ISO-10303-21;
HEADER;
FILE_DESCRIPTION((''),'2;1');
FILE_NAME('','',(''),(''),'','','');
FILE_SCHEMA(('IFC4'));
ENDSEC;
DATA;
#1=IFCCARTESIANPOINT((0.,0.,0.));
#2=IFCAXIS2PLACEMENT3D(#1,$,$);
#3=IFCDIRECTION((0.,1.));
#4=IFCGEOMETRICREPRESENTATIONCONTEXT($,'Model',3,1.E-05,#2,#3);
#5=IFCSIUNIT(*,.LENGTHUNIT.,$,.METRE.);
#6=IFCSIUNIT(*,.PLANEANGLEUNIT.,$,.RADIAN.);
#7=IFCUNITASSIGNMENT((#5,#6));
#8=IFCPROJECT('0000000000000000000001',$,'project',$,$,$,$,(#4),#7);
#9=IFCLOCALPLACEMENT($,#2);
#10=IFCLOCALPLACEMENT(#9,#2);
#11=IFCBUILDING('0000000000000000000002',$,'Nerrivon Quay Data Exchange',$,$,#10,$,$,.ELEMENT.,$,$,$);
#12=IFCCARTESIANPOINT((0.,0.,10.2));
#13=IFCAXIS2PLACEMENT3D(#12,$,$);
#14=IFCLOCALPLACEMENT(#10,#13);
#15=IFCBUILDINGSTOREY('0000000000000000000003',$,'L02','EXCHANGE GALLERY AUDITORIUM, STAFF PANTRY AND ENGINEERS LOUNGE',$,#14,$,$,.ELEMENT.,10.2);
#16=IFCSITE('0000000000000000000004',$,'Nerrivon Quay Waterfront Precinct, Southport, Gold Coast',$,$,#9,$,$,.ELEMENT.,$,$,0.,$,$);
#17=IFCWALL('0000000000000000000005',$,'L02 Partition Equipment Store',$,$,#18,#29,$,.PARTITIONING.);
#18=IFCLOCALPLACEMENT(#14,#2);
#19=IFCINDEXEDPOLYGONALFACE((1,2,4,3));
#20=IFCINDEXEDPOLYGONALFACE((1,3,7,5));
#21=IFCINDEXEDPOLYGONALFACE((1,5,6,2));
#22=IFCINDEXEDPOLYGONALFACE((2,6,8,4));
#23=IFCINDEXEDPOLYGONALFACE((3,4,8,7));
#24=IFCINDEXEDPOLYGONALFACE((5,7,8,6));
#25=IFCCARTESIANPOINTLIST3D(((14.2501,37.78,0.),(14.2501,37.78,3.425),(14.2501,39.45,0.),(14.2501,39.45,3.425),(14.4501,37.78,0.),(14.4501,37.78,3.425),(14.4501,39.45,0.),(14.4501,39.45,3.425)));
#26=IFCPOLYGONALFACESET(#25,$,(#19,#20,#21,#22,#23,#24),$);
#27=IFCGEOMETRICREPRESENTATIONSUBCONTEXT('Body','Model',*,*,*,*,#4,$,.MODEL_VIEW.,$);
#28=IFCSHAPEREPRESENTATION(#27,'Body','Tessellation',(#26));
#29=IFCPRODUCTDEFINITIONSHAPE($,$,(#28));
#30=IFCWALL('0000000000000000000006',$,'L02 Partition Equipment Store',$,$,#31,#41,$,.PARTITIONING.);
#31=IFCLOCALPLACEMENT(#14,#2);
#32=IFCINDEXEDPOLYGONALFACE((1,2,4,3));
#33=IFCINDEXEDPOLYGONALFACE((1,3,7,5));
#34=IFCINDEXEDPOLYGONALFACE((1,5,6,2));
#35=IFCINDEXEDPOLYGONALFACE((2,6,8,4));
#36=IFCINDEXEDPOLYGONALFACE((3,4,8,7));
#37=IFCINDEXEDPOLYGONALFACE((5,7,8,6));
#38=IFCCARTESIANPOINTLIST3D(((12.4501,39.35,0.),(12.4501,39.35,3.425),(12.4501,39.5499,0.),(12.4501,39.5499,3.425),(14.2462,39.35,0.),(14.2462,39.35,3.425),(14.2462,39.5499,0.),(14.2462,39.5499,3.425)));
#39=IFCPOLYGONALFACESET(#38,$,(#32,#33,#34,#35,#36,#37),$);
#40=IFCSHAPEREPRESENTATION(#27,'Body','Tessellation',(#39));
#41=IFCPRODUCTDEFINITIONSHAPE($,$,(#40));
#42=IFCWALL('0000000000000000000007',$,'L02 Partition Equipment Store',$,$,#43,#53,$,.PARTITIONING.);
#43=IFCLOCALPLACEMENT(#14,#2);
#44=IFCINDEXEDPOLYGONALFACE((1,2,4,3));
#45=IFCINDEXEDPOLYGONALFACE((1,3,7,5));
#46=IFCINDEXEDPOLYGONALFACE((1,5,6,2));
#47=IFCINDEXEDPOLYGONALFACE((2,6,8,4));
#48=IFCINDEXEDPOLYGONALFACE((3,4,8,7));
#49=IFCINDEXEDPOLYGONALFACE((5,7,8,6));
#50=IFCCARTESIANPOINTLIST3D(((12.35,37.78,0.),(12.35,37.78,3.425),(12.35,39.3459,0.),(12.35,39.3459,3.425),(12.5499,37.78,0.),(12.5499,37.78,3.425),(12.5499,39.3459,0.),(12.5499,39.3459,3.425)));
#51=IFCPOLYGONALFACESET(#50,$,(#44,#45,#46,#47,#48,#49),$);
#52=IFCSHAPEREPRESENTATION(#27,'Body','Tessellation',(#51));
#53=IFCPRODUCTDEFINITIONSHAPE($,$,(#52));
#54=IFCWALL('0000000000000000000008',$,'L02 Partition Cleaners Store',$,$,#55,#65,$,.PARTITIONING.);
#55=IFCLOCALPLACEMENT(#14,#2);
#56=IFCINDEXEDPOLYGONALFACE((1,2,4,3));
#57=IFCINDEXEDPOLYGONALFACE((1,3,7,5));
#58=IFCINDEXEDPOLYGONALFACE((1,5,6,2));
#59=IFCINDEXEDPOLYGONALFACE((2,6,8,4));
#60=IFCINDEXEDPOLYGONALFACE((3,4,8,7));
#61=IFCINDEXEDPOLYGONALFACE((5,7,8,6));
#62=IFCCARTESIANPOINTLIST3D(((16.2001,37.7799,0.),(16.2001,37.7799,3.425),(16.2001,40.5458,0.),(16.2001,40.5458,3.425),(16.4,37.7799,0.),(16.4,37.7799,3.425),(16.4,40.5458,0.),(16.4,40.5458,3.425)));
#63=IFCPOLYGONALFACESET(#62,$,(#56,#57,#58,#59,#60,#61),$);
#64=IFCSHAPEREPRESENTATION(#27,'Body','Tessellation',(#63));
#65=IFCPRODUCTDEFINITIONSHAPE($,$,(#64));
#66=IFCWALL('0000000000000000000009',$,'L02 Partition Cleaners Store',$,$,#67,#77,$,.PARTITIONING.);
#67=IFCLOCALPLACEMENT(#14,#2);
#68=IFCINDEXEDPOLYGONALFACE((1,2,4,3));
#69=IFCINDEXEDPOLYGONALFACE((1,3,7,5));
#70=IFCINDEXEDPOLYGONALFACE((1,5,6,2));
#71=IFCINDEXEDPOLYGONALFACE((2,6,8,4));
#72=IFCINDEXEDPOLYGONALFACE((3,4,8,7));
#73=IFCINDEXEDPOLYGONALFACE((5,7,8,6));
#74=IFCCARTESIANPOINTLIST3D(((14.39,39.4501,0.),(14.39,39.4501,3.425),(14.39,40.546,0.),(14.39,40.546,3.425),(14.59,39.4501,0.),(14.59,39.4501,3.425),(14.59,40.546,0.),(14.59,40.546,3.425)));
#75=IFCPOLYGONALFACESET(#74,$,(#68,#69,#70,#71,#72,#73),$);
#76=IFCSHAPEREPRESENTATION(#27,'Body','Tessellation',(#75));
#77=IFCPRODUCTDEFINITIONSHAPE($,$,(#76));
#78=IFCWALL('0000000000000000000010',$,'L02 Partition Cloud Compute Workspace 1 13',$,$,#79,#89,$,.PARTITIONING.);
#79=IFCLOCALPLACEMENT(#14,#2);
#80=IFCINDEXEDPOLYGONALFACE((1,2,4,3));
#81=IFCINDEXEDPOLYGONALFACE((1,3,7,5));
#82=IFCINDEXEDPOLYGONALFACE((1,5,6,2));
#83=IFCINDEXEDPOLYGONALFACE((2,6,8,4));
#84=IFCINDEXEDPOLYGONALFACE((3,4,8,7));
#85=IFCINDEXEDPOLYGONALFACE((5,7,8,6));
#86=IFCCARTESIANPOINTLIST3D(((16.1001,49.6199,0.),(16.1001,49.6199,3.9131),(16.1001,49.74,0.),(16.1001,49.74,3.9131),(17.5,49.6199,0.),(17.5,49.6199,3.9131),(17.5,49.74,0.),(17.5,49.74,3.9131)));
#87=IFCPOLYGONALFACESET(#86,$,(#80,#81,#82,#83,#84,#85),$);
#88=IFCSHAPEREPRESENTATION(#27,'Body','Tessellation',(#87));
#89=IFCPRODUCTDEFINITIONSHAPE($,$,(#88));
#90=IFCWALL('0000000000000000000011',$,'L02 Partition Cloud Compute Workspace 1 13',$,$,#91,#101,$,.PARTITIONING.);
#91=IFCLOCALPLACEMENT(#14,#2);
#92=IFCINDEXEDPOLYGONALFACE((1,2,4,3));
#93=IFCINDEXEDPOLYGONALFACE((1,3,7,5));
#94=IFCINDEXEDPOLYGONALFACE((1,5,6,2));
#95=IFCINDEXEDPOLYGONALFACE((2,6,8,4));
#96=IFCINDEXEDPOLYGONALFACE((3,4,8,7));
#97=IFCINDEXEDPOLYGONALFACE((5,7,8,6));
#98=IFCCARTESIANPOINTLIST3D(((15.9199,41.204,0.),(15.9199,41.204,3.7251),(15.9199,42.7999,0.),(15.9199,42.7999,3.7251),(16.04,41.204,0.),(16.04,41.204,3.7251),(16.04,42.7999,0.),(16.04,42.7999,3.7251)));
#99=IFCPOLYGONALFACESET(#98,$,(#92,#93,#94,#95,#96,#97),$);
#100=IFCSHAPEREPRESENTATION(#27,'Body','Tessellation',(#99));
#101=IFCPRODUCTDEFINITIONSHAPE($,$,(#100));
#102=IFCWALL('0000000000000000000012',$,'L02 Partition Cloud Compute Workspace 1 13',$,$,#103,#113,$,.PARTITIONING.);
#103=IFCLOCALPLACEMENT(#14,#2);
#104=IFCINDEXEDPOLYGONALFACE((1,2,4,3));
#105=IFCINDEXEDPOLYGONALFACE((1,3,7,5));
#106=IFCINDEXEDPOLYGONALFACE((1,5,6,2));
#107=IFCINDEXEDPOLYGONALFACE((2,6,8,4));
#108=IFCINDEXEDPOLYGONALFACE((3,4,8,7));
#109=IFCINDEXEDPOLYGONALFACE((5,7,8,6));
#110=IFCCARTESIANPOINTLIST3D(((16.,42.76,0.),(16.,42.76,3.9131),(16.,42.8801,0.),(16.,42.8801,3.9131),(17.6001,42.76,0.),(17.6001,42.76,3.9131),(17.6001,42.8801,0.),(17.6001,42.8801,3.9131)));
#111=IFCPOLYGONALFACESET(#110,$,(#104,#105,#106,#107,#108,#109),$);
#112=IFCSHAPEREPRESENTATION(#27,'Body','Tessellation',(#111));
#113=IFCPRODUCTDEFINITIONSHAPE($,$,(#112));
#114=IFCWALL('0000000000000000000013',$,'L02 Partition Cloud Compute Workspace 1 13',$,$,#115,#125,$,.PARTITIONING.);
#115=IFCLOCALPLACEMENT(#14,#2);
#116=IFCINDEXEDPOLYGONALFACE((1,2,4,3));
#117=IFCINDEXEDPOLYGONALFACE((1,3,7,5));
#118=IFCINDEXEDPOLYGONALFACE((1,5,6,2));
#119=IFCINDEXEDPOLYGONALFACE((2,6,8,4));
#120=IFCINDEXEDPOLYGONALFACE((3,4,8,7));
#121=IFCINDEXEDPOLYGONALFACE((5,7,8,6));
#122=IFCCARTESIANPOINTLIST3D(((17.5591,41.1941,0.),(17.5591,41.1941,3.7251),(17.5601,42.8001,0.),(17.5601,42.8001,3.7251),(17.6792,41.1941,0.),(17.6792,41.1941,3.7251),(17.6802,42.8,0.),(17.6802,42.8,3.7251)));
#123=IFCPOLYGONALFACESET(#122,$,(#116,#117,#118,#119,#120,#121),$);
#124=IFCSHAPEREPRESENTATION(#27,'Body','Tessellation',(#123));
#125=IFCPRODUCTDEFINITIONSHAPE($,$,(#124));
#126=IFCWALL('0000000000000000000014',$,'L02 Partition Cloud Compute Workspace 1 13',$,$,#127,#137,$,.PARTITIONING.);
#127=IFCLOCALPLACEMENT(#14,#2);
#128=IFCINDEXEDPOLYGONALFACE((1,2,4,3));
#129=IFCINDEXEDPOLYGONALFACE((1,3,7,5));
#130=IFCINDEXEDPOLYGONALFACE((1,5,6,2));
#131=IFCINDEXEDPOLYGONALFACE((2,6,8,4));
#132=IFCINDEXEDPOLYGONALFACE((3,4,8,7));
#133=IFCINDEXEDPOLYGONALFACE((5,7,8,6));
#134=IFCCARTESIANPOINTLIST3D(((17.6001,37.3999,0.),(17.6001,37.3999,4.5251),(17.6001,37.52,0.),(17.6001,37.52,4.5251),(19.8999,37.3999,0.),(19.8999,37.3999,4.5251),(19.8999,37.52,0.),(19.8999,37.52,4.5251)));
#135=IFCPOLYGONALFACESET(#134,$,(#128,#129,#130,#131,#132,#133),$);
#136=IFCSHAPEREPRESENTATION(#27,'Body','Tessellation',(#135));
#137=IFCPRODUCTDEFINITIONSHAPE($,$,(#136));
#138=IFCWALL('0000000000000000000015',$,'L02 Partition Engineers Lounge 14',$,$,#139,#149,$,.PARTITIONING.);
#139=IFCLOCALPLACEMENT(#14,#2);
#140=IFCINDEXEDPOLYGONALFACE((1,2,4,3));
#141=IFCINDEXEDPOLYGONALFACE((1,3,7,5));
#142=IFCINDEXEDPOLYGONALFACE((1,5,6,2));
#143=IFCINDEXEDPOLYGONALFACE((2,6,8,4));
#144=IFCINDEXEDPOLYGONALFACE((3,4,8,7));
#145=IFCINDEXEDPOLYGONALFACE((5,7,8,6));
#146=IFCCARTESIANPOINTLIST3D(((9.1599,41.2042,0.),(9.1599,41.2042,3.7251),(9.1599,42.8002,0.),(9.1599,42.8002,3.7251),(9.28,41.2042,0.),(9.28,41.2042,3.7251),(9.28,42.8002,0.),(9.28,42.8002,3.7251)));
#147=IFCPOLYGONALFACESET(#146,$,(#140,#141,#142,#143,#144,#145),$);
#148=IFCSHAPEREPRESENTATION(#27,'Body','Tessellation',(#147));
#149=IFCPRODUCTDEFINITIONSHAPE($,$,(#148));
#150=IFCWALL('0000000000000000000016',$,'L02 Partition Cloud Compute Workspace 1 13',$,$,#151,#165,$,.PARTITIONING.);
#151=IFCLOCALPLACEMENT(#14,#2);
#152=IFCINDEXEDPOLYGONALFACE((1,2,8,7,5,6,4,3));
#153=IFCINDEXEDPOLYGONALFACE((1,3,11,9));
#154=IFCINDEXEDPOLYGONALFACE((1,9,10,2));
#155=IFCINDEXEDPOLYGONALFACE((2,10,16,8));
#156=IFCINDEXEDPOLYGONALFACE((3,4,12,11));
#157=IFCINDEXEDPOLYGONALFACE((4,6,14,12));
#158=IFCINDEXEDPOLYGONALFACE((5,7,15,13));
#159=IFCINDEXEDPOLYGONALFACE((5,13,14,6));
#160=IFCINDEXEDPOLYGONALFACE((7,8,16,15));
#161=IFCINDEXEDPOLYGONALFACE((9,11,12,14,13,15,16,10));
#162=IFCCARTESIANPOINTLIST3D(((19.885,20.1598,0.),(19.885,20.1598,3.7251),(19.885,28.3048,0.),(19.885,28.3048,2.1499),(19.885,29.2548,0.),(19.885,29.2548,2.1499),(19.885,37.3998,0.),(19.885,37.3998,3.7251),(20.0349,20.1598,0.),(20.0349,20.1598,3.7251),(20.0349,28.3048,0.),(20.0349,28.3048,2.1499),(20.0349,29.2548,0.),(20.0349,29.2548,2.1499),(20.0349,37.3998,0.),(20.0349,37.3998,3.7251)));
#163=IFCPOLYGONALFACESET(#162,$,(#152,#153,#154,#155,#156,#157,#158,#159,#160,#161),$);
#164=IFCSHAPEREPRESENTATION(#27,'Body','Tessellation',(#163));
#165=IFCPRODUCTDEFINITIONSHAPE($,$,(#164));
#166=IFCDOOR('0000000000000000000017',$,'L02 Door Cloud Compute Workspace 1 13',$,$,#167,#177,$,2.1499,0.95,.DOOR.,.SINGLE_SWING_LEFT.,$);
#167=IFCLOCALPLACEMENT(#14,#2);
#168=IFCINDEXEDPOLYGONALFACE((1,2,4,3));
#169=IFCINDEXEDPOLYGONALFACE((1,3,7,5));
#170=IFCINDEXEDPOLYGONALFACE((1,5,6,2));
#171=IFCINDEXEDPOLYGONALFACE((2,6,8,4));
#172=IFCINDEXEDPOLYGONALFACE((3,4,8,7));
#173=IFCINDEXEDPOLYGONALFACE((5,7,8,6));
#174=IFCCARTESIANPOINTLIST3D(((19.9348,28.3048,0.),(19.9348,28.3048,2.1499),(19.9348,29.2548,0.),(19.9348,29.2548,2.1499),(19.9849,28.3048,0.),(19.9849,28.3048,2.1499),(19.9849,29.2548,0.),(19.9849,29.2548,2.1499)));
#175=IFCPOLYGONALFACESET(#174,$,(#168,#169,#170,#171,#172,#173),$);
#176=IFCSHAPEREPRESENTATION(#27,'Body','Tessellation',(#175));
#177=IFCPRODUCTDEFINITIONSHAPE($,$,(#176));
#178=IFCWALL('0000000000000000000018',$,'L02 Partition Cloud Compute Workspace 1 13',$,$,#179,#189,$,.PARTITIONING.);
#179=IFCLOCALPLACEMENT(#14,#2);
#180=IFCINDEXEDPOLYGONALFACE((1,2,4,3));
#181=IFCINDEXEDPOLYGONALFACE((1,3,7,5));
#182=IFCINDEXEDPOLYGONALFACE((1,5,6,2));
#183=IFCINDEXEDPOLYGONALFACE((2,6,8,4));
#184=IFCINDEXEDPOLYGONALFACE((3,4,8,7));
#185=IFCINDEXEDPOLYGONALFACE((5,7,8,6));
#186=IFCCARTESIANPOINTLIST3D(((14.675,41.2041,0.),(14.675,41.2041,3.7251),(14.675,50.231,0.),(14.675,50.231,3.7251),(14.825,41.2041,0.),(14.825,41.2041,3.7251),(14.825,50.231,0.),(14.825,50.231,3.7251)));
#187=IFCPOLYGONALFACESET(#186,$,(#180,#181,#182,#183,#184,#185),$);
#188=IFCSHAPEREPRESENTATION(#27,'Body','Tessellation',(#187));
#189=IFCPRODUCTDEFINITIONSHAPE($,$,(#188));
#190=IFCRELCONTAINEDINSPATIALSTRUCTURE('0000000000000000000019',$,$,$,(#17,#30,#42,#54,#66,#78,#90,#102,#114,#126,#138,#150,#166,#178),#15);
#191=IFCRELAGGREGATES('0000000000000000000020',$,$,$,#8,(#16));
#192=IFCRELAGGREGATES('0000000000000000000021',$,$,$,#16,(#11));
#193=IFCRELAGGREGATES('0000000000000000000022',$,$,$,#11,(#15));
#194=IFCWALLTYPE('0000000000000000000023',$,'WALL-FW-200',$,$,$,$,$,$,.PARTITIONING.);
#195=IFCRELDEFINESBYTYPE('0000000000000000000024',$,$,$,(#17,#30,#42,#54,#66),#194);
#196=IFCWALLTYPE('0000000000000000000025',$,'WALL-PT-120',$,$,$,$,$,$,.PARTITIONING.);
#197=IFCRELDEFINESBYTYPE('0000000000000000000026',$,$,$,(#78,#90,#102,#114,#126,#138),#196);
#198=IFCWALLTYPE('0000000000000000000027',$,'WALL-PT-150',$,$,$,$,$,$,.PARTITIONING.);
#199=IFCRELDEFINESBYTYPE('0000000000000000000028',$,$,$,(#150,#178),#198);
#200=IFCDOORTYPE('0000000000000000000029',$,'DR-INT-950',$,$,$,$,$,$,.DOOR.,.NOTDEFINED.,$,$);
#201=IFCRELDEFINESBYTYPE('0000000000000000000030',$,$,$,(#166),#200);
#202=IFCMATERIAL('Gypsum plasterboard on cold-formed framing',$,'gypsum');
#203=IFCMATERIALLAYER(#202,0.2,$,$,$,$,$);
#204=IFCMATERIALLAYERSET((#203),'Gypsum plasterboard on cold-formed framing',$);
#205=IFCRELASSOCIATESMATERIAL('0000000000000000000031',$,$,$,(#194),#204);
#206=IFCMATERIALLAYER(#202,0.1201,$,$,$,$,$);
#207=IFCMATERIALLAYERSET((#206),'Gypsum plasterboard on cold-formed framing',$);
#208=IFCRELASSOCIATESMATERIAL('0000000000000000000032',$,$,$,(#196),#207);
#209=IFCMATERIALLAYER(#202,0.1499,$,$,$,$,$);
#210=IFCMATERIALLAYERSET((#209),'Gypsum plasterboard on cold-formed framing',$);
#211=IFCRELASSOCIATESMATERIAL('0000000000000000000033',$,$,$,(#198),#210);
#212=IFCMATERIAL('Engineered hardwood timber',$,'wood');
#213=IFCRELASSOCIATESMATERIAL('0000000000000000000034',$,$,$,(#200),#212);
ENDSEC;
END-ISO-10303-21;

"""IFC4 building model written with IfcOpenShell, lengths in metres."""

from ifc_helpers import new_model, si_unit, direction, frame, frame_2d, origin, place, context, subcontext, project, spatial, rectangle, extrude, material, layer, layer_set, type_object, element, fill, save


model = new_model("IFC4")

# Units and contexts
model_context = context("Model", 3, precision=1e-05, world=origin(), true_north=direction((0.0, 1.0)))
body_context = subcontext(model_context, "Body", "Model", "MODEL_VIEW")
ifc_project = project(units=[si_unit("LENGTHUNIT", "METRE"), si_unit("PLANEANGLEUNIT", "RADIAN")], contexts=[model_context])

# Site, building, storey
site_placement = place(None, origin())
site = spatial("IfcSite", under=ifc_project, at=site_placement, Name="Nerrivon Quay Waterfront Precinct, Southport, Gold Coast", CompositionType="ELEMENT", RefElevation=0.0)
building_placement = place(site_placement, origin())
building = spatial("IfcBuilding", under=site, at=building_placement, Name="Nerrivon Quay Data Exchange", CompositionType="ELEMENT")
storey_placement = place(building_placement, frame((0.0, 0.0, 10.2)))
storey = spatial("IfcBuildingStorey", under=building, at=storey_placement, Name="L02", Description="EXCHANGE GALLERY AUDITORIUM, STAFF PANTRY AND ENGINEERS LOUNGE", CompositionType="ELEMENT", Elevation=10.2)

# Walls
ifc_material_1 = material(Name="Gypsum plasterboard on cold-formed framing", Category="gypsum")
ifc_layer_1 = layer(ifc_material_1, 0.2)
ifc_layer_set_1 = layer_set([ifc_layer_1], Name="Gypsum plasterboard on cold-formed framing")
wall_type_1 = type_object("IfcWallType", Name="WALL-FW-200", PredefinedType="PARTITIONING", material=ifc_layer_set_1)
wall_1_placement = place(storey_placement, frame((14.3501, 37.78, 0.0), z_axis=(0.0, 0.0, 1.0), x_axis=(0.0, 1.0, 0.0)))
element("IfcWall", 1, at=wall_1_placement, inside=storey, type_object=wall_type_1, Name="L02 Partition Equipment Store", PredefinedType="PARTITIONING", context=body_context, shape_type="SweptSolid", body=[
    extrude(rectangle(XDim=1.6699, YDim=0.2, at=frame_2d((0.835, 0.0))), origin(), (0.0, 0.0, 1.0), 3.425),
])
wall_2_placement = place(storey_placement, frame((14.2461, 39.45, 0.0), z_axis=(0.0, 0.0, 1.0), x_axis=(-1.0, 0.0, 0.0)))
element("IfcWall", 2, at=wall_2_placement, inside=storey, type_object=wall_type_1, Name="L02 Partition Equipment Store", PredefinedType="PARTITIONING", context=body_context, shape_type="SweptSolid", body=[
    extrude(rectangle(XDim=1.7961, YDim=0.2, at=frame_2d((0.8979, 0.0))), origin(), (0.0, 0.0, 1.0), 3.425),
])
wall_3_placement = place(storey_placement, frame((12.45, 39.3459, 0.0), z_axis=(0.0, 0.0, 1.0), x_axis=(0.0, -1.0, 0.0)))
element("IfcWall", 3, at=wall_3_placement, inside=storey, type_object=wall_type_1, Name="L02 Partition Equipment Store", PredefinedType="PARTITIONING", context=body_context, shape_type="SweptSolid", body=[
    extrude(rectangle(XDim=1.5659, YDim=0.2, at=frame_2d((0.783, 0.0))), origin(), (0.0, 0.0, 1.0), 3.425),
])
wall_4_placement = place(storey_placement, frame((16.3, 37.78, 0.0), z_axis=(0.0, 0.0, 1.0), x_axis=(0.0, 1.0, 0.0)))
element("IfcWall", 4, at=wall_4_placement, inside=storey, type_object=wall_type_1, Name="L02 Partition Cleaners Store", PredefinedType="PARTITIONING", context=body_context, shape_type="SweptSolid", body=[
    extrude(rectangle(XDim=2.7659, YDim=0.2, at=frame_2d((1.3828, 0.0))), origin(), (0.0, 0.0, 1.0), 3.425),
])
wall_5_placement = place(storey_placement, frame((14.49, 40.5459, 0.0), z_axis=(0.0, 0.0, 1.0), x_axis=(0.0, -1.0, 0.0)))
element("IfcWall", 5, at=wall_5_placement, inside=storey, type_object=wall_type_1, Name="L02 Partition Cleaners Store", PredefinedType="PARTITIONING", context=body_context, shape_type="SweptSolid", body=[
    extrude(rectangle(XDim=1.0959, YDim=0.2, at=frame_2d((0.5479, 0.0))), origin(), (0.0, 0.0, 1.0), 3.425),
])
ifc_layer_2 = layer(ifc_material_1, 0.1201)
ifc_layer_set_2 = layer_set([ifc_layer_2], Name="Gypsum plasterboard on cold-formed framing")
wall_type_2 = type_object("IfcWallType", Name="WALL-PT-120", PredefinedType="PARTITIONING", material=ifc_layer_set_2)
wall_6_placement = place(storey_placement, frame((17.5, 49.6799, 0.0), z_axis=(0.0, 0.0, 1.0), x_axis=(-1.0, 0.0, 0.0)))
element("IfcWall", 6, at=wall_6_placement, inside=storey, type_object=wall_type_2, Name="L02 Partition Cloud Compute Workspace 1 13", PredefinedType="PARTITIONING", context=body_context, shape_type="SweptSolid", body=[
    extrude(rectangle(XDim=1.3999, YDim=0.1201, at=frame_2d((0.7, 0.0))), origin(), (0.0, 0.0, 1.0), 3.9131),
])
wall_7_placement = place(storey_placement, frame((15.98, 41.2041, 0.0), z_axis=(0.0, 0.0, 1.0), x_axis=(0.0, 1.0, 0.0)))
element("IfcWall", 7, at=wall_7_placement, inside=storey, type_object=wall_type_2, Name="L02 Partition Cloud Compute Workspace 1 13", PredefinedType="PARTITIONING", context=body_context, shape_type="SweptSolid", body=[
    extrude(rectangle(XDim=1.5959, YDim=0.1201, at=frame_2d((0.7979, 0.0))), origin(), (0.0, 0.0, 1.0), 3.7251),
])
wall_8_placement = place(storey_placement, frame((16.0, 42.8201, 0.0), z_axis=(0.0, 0.0, 1.0), x_axis=(1.0, 0.0, 0.0)))
element("IfcWall", 8, at=wall_8_placement, inside=storey, type_object=wall_type_2, Name="L02 Partition Cloud Compute Workspace 1 13", PredefinedType="PARTITIONING", context=body_context, shape_type="SweptSolid", body=[
    extrude(rectangle(XDim=1.6001, YDim=0.1201, at=frame_2d((0.8, 0.0))), origin(), (0.0, 0.0, 1.0), 3.9131),
])
wall_9_placement = place(storey_placement, frame((17.6201, 42.8, 0.0), z_axis=(0.0, 0.0, 1.0), x_axis=(-0.000608, -1.0, 0.0)))
element("IfcWall", 9, at=wall_9_placement, inside=storey, type_object=wall_type_2, Name="L02 Partition Cloud Compute Workspace 1 13", PredefinedType="PARTITIONING", context=body_context, shape_type="SweptSolid", body=[
    extrude(rectangle(XDim=1.606, YDim=0.1201, at=frame_2d((0.803, 0.0))), origin(), (0.0, 0.0, 1.0), 3.7251),
])
wall_10_placement = place(storey_placement, frame((17.6001, 37.46, 0.0), z_axis=(0.0, 0.0, 1.0), x_axis=(1.0, 0.0, 0.0)))
element("IfcWall", 10, at=wall_10_placement, inside=storey, type_object=wall_type_2, Name="L02 Partition Cloud Compute Workspace 1 13", PredefinedType="PARTITIONING", context=body_context, shape_type="SweptSolid", body=[
    extrude(rectangle(XDim=2.2998, YDim=0.1201, at=frame_2d((1.1499, 0.0))), origin(), (0.0, 0.0, 1.0), 4.5251),
])
wall_11_placement = place(storey_placement, frame((9.22, 42.8, 0.0), z_axis=(0.0, 0.0, 1.0), x_axis=(0.0, -1.0, 0.0)))
element("IfcWall", 11, at=wall_11_placement, inside=storey, type_object=wall_type_2, Name="L02 Partition Engineers Lounge 14", PredefinedType="PARTITIONING", context=body_context, shape_type="SweptSolid", body=[
    extrude(rectangle(XDim=1.5959, YDim=0.1201, at=frame_2d((0.7979, 0.0))), origin(), (0.0, 0.0, 1.0), 3.7251),
])

# Wall, opening, door
ifc_layer_3 = layer(ifc_material_1, 0.1499)
ifc_layer_set_3 = layer_set([ifc_layer_3], Name="Gypsum plasterboard on cold-formed framing")
wall_type_3 = type_object("IfcWallType", Name="WALL-PT-150", PredefinedType="PARTITIONING", material=ifc_layer_set_3)
wall_12_placement = place(storey_placement, frame((19.96, 37.3999, 0.0), z_axis=(0.0, 0.0, 1.0), x_axis=(0.0, -1.0, 0.0)))
wall_12 = element("IfcWall", 12, at=wall_12_placement, inside=storey, type_object=wall_type_3, Name="L02 Partition Cloud Compute Workspace 1 13", PredefinedType="PARTITIONING", context=body_context, shape_type="SweptSolid", body=[
    extrude(rectangle(XDim=17.24, YDim=0.1499, at=frame_2d((8.6201, 0.0))), origin(), (0.0, 0.0, 1.0), 3.7251),
])
opening_1_placement = place(wall_12_placement, frame((8.145, 0.0, 0.0)))
opening_1 = element("IfcOpeningElement", 13, at=opening_1_placement, cuts=wall_12, PredefinedType="OPENING", context=body_context, shape_type="SweptSolid", body=[
    extrude(rectangle(XDim=0.95, YDim=2.1499, at=frame_2d((0.4751, 1.075))), frame((0.0, 0.085, 0.0), z_axis=(0.0, -1.0, 0.0), x_axis=(1.0, 0.0, 0.0)), (0.0, 0.0, 1.0), 0.1699),
])
ifc_material_2 = material(Name="Engineered hardwood timber", Category="wood")
door_type_1 = type_object("IfcDoorType", Name="DR-INT-950", OperationType="NOTDEFINED", PredefinedType="DOOR", material=ifc_material_2)
door_1_placement = place(opening_1_placement, origin())
door_1 = element("IfcDoor", 14, at=door_1_placement, inside=storey, type_object=door_type_1, Name="L02 Door Cloud Compute Workspace 1 13", OperationType="SINGLE_SWING_LEFT", OverallHeight=2.1499, OverallWidth=0.95, PredefinedType="DOOR", context=body_context, shape_type="SweptSolid", body=[
    extrude(rectangle(XDim=0.95, YDim=2.1499, at=frame_2d((0.4751, 1.075))), frame((0.0, 0.0249, 0.0), z_axis=(0.0, -1.0, 0.0), x_axis=(1.0, 0.0, 0.0)), (0.0, 0.0, 1.0), 0.05),
])
fill(opening_1, door_1)

# Wall
wall_13_placement = place(storey_placement, frame((14.75, 50.231, 0.0), z_axis=(0.0, 0.0, 1.0), x_axis=(0.0, -1.0, 0.0)))
element("IfcWall", 15, at=wall_13_placement, inside=storey, type_object=wall_type_3, Name="L02 Partition Cloud Compute Workspace 1 13", PredefinedType="PARTITIONING", context=body_context, shape_type="SweptSolid", body=[
    extrude(rectangle(XDim=9.0269, YDim=0.1499, at=frame_2d((4.5134, 0.0))), origin(), (0.0, 0.0, 1.0), 3.7251),
])

save(model, "model.ifc")
